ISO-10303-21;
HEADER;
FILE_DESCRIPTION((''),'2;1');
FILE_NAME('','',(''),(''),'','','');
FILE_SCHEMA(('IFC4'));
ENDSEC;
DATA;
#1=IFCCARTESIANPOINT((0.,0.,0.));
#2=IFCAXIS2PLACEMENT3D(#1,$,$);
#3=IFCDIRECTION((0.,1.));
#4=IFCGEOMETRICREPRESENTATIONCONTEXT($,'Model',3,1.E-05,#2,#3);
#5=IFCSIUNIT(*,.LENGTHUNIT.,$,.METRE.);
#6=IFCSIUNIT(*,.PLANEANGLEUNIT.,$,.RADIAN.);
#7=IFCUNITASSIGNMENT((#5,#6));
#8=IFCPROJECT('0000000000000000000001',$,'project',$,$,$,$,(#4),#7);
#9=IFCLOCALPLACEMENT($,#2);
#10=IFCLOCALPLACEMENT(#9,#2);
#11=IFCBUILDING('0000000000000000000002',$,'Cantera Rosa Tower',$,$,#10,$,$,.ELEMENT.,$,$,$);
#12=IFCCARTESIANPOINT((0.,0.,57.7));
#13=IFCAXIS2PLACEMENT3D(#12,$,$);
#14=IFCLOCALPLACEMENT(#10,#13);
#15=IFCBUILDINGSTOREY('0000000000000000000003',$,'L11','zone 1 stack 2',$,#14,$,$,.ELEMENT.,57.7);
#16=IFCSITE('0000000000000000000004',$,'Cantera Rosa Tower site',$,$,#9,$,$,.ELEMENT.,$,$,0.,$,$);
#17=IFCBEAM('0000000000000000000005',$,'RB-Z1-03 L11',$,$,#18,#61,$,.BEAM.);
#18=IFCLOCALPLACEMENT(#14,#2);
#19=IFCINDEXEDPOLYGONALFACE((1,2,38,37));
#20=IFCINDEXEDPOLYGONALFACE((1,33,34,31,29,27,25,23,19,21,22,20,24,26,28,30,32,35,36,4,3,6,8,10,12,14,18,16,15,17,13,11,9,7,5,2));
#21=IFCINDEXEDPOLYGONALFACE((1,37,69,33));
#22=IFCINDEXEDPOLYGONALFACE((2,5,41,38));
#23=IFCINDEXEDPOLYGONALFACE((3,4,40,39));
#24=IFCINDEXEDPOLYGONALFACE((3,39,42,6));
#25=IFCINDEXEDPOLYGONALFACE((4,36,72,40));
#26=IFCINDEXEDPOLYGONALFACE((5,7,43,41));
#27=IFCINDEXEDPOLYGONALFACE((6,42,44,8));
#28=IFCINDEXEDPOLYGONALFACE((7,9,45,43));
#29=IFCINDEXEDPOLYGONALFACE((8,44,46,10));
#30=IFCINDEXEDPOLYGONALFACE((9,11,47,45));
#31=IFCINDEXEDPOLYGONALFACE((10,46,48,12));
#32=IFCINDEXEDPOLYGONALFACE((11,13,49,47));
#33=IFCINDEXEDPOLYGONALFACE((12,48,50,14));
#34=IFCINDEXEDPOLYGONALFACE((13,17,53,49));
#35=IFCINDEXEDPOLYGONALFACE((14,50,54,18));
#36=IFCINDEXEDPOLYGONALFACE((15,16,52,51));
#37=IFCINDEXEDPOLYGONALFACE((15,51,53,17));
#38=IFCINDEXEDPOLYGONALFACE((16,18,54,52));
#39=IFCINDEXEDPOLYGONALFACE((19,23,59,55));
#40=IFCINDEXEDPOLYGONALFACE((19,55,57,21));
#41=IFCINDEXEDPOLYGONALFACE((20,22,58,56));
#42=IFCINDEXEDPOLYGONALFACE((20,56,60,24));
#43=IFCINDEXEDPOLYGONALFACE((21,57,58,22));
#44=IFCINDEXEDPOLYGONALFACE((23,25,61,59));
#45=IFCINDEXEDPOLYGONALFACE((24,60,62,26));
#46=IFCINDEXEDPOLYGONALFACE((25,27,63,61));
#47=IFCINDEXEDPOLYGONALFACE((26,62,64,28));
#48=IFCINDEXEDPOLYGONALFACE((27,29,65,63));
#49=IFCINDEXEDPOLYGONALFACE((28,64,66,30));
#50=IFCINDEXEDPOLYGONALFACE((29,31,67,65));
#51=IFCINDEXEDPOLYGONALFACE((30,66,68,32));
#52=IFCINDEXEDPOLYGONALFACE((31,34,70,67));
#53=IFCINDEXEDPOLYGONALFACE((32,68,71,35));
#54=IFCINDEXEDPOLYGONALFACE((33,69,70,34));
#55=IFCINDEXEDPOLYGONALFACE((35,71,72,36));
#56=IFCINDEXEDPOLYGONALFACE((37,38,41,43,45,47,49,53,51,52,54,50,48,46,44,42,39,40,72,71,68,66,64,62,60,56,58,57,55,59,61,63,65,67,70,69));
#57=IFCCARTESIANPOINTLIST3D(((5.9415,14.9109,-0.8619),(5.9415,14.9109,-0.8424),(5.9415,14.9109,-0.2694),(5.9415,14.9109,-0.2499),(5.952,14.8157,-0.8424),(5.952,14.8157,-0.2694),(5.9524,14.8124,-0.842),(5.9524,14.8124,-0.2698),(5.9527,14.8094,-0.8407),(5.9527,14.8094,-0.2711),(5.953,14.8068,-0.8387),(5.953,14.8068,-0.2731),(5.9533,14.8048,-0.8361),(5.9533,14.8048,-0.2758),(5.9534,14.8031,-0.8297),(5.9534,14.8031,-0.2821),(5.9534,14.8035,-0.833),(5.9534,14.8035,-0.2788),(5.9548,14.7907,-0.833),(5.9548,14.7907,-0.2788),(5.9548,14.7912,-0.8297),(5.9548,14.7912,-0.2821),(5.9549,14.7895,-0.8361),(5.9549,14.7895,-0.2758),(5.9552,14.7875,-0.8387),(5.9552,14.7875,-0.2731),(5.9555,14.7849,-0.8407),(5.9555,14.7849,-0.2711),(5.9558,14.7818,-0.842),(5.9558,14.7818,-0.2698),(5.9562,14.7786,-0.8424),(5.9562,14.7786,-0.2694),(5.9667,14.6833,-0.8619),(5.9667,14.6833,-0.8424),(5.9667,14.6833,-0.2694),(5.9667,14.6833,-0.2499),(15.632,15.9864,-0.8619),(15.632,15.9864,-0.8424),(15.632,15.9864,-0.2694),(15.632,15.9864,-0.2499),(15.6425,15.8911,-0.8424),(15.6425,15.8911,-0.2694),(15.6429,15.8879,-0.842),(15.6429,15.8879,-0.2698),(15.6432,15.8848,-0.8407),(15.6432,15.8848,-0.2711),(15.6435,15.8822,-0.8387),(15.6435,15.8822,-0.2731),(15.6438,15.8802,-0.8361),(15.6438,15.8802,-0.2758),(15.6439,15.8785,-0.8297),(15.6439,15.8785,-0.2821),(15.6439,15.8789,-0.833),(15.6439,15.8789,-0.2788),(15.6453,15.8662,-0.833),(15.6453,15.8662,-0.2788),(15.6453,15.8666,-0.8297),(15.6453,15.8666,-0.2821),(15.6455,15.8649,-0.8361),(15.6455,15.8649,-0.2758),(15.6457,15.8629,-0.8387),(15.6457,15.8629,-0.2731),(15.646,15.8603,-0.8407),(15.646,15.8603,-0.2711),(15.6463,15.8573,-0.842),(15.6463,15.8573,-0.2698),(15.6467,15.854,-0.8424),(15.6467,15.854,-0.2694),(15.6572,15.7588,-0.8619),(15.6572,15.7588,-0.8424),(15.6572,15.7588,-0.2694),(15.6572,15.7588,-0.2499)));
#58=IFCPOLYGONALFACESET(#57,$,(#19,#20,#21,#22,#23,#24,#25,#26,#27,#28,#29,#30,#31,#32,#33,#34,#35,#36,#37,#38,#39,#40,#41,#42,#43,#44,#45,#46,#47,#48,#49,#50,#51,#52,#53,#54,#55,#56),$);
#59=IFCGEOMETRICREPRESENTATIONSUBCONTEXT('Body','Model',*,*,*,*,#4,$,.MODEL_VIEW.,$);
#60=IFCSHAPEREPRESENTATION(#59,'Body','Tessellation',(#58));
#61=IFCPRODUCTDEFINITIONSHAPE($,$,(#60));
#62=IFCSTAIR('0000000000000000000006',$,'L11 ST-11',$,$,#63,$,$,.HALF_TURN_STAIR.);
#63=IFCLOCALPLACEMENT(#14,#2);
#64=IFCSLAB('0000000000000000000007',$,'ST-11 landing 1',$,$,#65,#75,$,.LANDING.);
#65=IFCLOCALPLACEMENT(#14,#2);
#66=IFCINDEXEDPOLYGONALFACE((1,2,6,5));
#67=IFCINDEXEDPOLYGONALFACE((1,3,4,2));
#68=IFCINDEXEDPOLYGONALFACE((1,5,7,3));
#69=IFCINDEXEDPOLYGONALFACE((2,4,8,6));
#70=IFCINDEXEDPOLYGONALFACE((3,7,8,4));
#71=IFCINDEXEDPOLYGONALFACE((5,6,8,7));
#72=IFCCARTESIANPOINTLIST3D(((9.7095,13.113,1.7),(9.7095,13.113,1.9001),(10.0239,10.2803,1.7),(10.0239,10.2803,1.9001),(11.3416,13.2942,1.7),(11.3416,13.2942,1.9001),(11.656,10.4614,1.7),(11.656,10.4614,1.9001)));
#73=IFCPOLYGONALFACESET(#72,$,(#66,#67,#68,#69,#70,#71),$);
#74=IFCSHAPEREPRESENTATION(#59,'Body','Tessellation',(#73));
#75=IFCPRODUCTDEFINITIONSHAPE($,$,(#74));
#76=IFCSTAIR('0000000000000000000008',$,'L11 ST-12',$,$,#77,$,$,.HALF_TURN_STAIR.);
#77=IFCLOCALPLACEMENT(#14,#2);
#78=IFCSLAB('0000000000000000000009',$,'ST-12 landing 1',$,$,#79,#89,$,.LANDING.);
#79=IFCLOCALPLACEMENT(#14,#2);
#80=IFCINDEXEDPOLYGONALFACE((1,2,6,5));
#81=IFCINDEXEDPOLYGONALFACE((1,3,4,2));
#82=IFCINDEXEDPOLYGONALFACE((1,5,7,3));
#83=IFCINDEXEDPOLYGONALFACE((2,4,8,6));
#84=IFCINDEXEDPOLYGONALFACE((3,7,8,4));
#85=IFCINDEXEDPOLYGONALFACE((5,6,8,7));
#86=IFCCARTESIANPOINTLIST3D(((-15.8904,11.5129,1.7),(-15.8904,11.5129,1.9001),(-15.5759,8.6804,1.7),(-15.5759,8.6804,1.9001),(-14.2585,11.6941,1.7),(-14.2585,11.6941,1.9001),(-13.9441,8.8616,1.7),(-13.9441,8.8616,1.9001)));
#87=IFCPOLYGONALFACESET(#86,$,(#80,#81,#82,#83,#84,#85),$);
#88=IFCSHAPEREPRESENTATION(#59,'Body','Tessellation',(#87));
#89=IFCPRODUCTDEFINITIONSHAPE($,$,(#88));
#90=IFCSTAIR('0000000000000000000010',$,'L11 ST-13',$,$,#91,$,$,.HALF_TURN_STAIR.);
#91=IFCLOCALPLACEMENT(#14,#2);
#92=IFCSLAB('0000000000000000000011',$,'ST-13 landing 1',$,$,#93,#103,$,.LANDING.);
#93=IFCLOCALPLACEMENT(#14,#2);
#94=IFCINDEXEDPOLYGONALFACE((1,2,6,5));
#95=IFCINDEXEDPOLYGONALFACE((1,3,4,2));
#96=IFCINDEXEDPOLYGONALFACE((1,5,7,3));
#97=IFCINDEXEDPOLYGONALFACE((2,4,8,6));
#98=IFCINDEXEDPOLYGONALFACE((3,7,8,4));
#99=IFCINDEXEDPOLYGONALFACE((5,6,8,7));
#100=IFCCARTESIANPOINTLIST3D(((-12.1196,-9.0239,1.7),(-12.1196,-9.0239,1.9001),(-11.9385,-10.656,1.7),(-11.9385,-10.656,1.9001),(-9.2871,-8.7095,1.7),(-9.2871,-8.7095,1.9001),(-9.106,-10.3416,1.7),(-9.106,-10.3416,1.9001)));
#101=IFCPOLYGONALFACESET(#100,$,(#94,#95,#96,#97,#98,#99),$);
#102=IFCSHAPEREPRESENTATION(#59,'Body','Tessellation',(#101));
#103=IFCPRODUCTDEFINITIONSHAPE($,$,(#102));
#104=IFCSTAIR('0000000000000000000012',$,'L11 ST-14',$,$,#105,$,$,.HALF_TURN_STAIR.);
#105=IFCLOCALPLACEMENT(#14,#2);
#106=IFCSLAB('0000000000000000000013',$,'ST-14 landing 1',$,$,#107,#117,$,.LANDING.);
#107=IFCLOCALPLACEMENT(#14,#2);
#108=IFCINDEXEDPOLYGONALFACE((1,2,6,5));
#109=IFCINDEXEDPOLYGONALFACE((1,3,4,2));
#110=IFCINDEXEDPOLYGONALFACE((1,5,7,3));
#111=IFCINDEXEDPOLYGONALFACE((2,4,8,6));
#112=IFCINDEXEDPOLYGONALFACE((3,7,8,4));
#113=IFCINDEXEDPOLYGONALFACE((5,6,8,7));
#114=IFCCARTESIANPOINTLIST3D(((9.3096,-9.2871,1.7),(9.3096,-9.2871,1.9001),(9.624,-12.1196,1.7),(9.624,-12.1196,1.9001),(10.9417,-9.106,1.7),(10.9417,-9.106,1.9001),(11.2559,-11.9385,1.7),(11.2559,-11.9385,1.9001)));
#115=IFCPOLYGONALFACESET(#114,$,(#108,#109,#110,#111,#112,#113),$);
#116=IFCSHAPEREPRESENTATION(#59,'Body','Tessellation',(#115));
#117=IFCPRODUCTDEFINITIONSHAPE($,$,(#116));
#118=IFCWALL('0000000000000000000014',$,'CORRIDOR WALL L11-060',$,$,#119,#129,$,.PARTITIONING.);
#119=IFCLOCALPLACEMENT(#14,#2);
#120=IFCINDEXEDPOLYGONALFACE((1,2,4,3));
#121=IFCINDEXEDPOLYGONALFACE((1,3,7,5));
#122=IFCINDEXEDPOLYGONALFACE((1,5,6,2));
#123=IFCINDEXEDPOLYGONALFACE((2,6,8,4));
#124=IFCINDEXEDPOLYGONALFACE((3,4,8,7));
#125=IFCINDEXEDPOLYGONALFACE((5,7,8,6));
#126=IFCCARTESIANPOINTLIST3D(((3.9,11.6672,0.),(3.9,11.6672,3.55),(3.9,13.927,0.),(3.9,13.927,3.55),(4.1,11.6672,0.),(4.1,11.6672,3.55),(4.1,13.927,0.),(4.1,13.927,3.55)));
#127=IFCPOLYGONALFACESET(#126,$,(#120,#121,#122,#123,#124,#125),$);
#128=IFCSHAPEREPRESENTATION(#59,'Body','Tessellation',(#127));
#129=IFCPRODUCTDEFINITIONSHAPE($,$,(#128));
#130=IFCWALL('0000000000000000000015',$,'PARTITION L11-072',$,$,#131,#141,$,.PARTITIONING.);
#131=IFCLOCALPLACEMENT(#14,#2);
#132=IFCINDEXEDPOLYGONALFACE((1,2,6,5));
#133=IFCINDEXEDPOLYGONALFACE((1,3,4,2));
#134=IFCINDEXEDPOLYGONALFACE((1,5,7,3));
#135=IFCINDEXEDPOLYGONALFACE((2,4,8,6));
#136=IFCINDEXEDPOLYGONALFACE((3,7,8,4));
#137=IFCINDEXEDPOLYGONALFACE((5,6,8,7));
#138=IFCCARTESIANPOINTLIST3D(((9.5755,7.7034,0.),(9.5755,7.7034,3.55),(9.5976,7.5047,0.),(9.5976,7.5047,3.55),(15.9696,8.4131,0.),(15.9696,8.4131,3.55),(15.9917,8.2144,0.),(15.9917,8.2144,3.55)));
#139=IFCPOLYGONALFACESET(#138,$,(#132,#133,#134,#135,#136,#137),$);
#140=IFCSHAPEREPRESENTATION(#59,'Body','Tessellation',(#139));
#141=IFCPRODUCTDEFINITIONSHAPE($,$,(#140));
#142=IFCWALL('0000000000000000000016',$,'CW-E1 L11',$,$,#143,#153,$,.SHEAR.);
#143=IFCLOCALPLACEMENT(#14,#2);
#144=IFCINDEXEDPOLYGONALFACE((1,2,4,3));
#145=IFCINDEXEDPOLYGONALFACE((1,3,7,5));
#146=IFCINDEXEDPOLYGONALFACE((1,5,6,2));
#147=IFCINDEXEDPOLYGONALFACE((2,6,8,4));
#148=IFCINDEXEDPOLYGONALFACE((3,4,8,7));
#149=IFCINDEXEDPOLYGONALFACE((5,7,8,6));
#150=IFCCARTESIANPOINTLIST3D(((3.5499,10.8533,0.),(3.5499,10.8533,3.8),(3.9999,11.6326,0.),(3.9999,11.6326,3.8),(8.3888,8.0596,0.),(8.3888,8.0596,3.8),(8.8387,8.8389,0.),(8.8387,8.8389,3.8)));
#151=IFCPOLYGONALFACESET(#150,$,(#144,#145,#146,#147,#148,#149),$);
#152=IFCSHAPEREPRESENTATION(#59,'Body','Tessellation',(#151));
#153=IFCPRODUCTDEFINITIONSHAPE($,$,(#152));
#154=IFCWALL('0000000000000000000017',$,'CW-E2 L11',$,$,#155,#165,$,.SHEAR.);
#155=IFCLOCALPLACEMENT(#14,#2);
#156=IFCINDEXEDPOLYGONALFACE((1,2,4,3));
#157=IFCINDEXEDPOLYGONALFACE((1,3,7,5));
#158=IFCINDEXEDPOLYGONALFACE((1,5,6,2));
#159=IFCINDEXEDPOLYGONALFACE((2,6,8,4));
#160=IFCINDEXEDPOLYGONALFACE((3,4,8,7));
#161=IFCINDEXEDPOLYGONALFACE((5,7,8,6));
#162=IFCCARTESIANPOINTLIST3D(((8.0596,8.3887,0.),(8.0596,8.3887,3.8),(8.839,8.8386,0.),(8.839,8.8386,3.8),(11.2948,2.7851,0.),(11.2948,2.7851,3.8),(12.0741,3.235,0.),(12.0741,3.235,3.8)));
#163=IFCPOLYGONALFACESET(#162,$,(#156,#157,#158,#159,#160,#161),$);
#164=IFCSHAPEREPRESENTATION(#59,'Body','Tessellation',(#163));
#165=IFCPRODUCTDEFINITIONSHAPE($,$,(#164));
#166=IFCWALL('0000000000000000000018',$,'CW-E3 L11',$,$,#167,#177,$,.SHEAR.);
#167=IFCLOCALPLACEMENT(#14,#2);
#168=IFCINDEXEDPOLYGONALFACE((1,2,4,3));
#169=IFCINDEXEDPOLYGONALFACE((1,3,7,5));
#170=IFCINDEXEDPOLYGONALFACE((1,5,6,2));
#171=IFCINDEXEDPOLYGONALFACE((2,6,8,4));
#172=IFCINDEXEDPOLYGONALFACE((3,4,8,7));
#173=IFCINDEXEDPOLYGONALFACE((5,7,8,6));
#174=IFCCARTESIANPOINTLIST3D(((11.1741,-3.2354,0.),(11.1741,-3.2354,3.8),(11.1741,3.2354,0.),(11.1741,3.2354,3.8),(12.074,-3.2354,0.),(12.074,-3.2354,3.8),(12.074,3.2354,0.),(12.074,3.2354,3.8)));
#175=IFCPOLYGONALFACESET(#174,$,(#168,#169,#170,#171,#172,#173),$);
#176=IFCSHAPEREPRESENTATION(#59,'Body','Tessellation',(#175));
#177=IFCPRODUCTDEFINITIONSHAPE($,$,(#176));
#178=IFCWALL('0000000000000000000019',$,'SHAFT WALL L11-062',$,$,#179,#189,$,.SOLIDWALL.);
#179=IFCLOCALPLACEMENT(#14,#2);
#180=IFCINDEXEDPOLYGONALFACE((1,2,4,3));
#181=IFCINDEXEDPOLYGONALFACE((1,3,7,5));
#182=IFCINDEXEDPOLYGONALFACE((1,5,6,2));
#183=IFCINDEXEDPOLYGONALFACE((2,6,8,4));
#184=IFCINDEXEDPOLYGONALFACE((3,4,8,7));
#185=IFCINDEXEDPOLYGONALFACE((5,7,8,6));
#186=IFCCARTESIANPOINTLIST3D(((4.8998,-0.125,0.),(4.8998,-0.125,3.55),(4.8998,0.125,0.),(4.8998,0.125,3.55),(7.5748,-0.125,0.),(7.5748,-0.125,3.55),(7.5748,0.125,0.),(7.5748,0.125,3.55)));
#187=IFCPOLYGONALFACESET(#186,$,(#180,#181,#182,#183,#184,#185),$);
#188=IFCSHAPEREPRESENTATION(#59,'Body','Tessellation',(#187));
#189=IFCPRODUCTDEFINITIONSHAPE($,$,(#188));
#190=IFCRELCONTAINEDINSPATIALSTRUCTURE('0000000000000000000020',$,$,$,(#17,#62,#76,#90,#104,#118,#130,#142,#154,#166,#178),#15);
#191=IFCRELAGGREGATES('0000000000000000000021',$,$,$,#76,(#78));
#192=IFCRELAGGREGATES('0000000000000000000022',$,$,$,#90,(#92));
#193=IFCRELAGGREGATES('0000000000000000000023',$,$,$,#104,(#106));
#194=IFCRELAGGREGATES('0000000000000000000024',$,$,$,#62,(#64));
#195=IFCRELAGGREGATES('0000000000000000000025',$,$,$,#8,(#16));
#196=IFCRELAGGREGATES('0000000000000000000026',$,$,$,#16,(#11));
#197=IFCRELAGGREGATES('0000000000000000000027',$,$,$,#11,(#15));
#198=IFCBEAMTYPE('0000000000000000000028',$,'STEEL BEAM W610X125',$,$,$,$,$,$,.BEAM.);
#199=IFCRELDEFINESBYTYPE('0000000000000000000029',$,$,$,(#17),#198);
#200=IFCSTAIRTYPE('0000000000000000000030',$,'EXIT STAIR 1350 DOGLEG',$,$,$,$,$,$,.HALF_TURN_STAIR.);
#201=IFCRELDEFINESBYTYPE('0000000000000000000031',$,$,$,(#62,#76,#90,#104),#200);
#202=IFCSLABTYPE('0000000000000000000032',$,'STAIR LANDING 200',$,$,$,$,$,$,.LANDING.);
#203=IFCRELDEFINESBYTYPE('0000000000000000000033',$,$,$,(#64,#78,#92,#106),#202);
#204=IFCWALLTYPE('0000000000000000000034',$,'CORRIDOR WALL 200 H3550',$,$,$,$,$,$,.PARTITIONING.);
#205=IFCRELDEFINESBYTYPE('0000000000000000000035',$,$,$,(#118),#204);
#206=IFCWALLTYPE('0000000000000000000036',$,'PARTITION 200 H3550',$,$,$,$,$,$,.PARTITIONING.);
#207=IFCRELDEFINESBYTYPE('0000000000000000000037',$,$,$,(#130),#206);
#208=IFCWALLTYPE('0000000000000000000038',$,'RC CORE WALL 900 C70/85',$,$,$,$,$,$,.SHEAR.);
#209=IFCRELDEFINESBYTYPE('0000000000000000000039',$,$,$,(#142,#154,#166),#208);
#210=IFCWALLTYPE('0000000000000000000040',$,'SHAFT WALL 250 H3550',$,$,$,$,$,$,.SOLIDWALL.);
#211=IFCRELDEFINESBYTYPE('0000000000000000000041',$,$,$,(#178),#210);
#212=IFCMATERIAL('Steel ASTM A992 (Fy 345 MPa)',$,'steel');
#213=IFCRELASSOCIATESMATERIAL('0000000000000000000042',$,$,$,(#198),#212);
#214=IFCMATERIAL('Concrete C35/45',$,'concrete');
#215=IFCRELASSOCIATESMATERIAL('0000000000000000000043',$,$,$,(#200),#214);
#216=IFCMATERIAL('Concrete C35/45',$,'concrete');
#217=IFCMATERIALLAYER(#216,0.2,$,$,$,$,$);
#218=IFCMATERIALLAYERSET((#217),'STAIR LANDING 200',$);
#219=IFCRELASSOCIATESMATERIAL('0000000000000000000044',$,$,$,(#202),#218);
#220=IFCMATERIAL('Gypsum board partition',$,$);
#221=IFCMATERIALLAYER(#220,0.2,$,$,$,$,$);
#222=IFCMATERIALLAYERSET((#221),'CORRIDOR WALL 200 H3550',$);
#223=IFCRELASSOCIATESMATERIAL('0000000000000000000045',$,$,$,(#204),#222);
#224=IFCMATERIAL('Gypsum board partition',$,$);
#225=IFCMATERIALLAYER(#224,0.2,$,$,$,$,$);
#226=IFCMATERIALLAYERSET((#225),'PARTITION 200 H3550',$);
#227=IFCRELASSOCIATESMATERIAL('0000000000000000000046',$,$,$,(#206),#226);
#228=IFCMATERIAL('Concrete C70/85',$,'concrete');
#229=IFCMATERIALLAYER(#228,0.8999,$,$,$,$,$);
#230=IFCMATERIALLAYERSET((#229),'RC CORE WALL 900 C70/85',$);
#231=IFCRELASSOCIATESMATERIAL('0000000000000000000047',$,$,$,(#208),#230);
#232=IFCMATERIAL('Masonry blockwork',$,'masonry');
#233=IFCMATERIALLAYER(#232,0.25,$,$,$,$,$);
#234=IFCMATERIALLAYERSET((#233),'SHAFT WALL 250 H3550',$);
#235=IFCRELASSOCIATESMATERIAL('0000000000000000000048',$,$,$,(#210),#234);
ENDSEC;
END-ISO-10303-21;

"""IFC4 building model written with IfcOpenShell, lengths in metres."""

from ifc_helpers import new_model, si_unit, direction, frame, frame_2d, origin, origin_2d, place, context, subcontext, project, spatial, polyline, rectangle, i_section, outline, extrude, material, layer, layer_set, material_profile, profile_set, type_object, element, aggregate, save


model = new_model("IFC4")

# Units and contexts
model_context = context("Model", 3, precision=1e-05, world=origin(), true_north=direction((0.0, 1.0)))
body_context = subcontext(model_context, "Body", "Model", "MODEL_VIEW")
ifc_project = project(units=[si_unit("LENGTHUNIT", "METRE"), si_unit("PLANEANGLEUNIT", "RADIAN")], contexts=[model_context])

# Site, building, storey
site_placement = place(None, origin())
site = spatial("IfcSite", under=ifc_project, at=site_placement, Name="Cantera Rosa Tower site", CompositionType="ELEMENT", RefElevation=0.0)
building_placement = place(site_placement, origin())
building = spatial("IfcBuilding", under=site, at=building_placement, Name="Cantera Rosa Tower", CompositionType="ELEMENT")
storey_placement = place(building_placement, frame((0.0, 0.0, 57.7)))
storey = spatial("IfcBuildingStorey", under=building, at=storey_placement, Name="L11", Description="zone 1 stack 2", CompositionType="ELEMENT", Elevation=57.7)

# Beam
ifc_material_1 = material(Name="Steel ASTM A992 (Fy 345 MPa)", Category="steel")
ifc_material_profile = material_profile(ifc_material_1, i_section(OverallWidth=0.229, OverallDepth=0.6121, WebThickness=0.012, FlangeThickness=0.0195, FilletRadius=0.0127, at=origin_2d()), Name="W610X125")
ifc_profile_set = profile_set([ifc_material_profile], Name="Steel ASTM A992 (Fy 345 MPa)")
beam_type = type_object("IfcBeamType", Name="STEEL BEAM W610X125", PredefinedType="BEAM", material=ifc_profile_set)
beam_placement = place(storey_placement, frame((5.9541, 14.7971, -0.5559), z_axis=(0.993898, 0.110302, 0.0), x_axis=(-0.110302, 0.993898, 0.0)))
element("IfcBeam", 1, at=beam_placement, inside=storey, type_object=beam_type, Name="RB-Z1-03 L11", PredefinedType="BEAM", context=body_context, shape_type="SweptSolid", body=[
    extrude(i_section(OverallWidth=0.229, OverallDepth=0.6121, WebThickness=0.012, FlangeThickness=0.0195, FilletRadius=0.0127, at=origin_2d()), origin(), (0.0, 0.0, 1.0), 9.75),
])

# Stairs, slabs
ifc_material_2 = material(Name="Concrete C35/45", Category="concrete")
stair_type = type_object("IfcStairType", Name="EXIT STAIR 1350 DOGLEG", PredefinedType="HALF_TURN_STAIR", material=ifc_material_2)
stair_1_placement = place(storey_placement, origin())
stair_1 = element("IfcStair", 2, at=stair_1_placement, inside=storey, type_object=stair_type, Name="L11 ST-11", PredefinedType="HALF_TURN_STAIR")
ifc_material_3 = material(Name="Concrete C35/45", Category="concrete")
ifc_layer_1 = layer(ifc_material_3, 0.2)
ifc_layer_set_1 = layer_set([ifc_layer_1], Name="STAIR LANDING 200")
slab_type = type_object("IfcSlabType", Name="STAIR LANDING 200", PredefinedType="LANDING", material=ifc_layer_set_1)
slab_1_placement = place(storey_placement, frame((0.0, 0.0, 1.7)))
slab_1 = element("IfcSlab", 3, at=slab_1_placement, type_object=slab_type, Name="ST-11 landing 1", PredefinedType="LANDING", context=body_context, shape_type="SweptSolid", body=[
    extrude(outline(polyline([(11.3416, 13.2942), (9.7095, 13.113), (10.0239, 10.2803), (11.656, 10.4614), (11.3416, 13.2942)])), origin(), (0.0, 0.0, 1.0), 0.2002),
])
stair_2_placement = place(storey_placement, origin())
stair_2 = element("IfcStair", 4, at=stair_2_placement, inside=storey, type_object=stair_type, Name="L11 ST-12", PredefinedType="HALF_TURN_STAIR")
slab_2_placement = place(storey_placement, frame((0.0, 0.0, 1.7)))
slab_2 = element("IfcSlab", 5, at=slab_2_placement, type_object=slab_type, Name="ST-12 landing 1", PredefinedType="LANDING", context=body_context, shape_type="SweptSolid", body=[
    extrude(outline(polyline([(-14.2585, 11.6941), (-15.8904, 11.5129), (-15.5759, 8.6804), (-13.9441, 8.8616), (-14.2585, 11.6941)])), origin(), (0.0, 0.0, 1.0), 0.2002),
])
aggregate(stair_2, [slab_2])
stair_3_placement = place(storey_placement, origin())
stair_3 = element("IfcStair", 6, at=stair_3_placement, inside=storey, type_object=stair_type, Name="L11 ST-13", PredefinedType="HALF_TURN_STAIR")
slab_3_placement = place(storey_placement, frame((0.0, 0.0, 1.7)))
slab_3 = element("IfcSlab", 7, at=slab_3_placement, type_object=slab_type, Name="ST-13 landing 1", PredefinedType="LANDING", context=body_context, shape_type="SweptSolid", body=[
    extrude(outline(polyline([(-9.106, -10.3416), (-9.2871, -8.7095), (-12.1196, -9.0239), (-11.9385, -10.656), (-9.106, -10.3416)])), origin(), (0.0, 0.0, 1.0), 0.2002),
])
aggregate(stair_3, [slab_3])
stair_4_placement = place(storey_placement, origin())
stair_4 = element("IfcStair", 8, at=stair_4_placement, inside=storey, type_object=stair_type, Name="L11 ST-14", PredefinedType="HALF_TURN_STAIR")
slab_4_placement = place(storey_placement, frame((0.0, 0.0, 1.7)))
slab_4 = element("IfcSlab", 9, at=slab_4_placement, type_object=slab_type, Name="ST-14 landing 1", PredefinedType="LANDING", context=body_context, shape_type="SweptSolid", body=[
    extrude(outline(polyline([(10.9417, -9.106), (9.3096, -9.2871), (9.624, -12.1196), (11.2559, -11.9385), (10.9417, -9.106)])), origin(), (0.0, 0.0, 1.0), 0.2002),
])
aggregate(stair_4, [slab_4])

# Walls
ifc_material_4 = material(Name="Gypsum board partition")
ifc_layer_2 = layer(ifc_material_4, 0.2)
ifc_layer_set_2 = layer_set([ifc_layer_2], Name="CORRIDOR WALL 200 H3550")
wall_type_1 = type_object("IfcWallType", Name="CORRIDOR WALL 200 H3550", PredefinedType="PARTITIONING", material=ifc_layer_set_2)
wall_1_placement = place(storey_placement, frame((4.0, 11.6672, 0.0), z_axis=(0.0, 0.0, 1.0), x_axis=(0.0, 1.0, 0.0)))
element("IfcWall", 10, at=wall_1_placement, inside=storey, type_object=wall_type_1, Name="CORRIDOR WALL L11-060", PredefinedType="PARTITIONING", context=body_context, shape_type="SweptSolid", body=[
    extrude(rectangle(XDim=2.2598, YDim=0.2, at=frame_2d((1.1299, 0.0))), origin(), (0.0, 0.0, 1.0), 3.55),
])
ifc_material_5 = material(Name="Gypsum board partition")
ifc_layer_3 = layer(ifc_material_5, 0.2)
ifc_layer_set_3 = layer_set([ifc_layer_3], Name="PARTITION 200 H3550")
wall_type_2 = type_object("IfcWallType", Name="PARTITION 200 H3550", PredefinedType="PARTITIONING", material=ifc_layer_set_3)
wall_2_placement = place(storey_placement, frame((9.5864, 7.604, 0.0), z_axis=(0.0, 0.0, 1.0), x_axis=(0.993896, 0.110319, 0.0)))
element("IfcWall", 11, at=wall_2_placement, inside=storey, type_object=wall_type_2, Name="PARTITION L11-072", PredefinedType="PARTITIONING", context=body_context, shape_type="SweptSolid", body=[
    extrude(rectangle(XDim=6.4333, YDim=0.2, at=frame_2d((3.2168, 0.0))), origin(), (0.0, 0.0, 1.0), 3.55),
])
ifc_material_6 = material(Name="Concrete C70/85", Category="concrete")
ifc_layer_4 = layer(ifc_material_6, 0.8999)
ifc_layer_set_4 = layer_set([ifc_layer_4], Name="RC CORE WALL 900 C70/85")
wall_type_3 = type_object("IfcWallType", Name="RC CORE WALL 900 C70/85", PredefinedType="SHEAR", material=ifc_layer_set_4)
wall_3_placement = place(storey_placement, frame((3.7749, 11.2429, 0.0), z_axis=(0.0, 0.0, 1.0), x_axis=(0.866027, -0.499997, 0.0)))
element("IfcWall", 12, at=wall_3_placement, inside=storey, type_object=wall_type_3, Name="CW-E1 L11", PredefinedType="SHEAR", context=body_context, shape_type="SweptSolid", body=[
    extrude(rectangle(XDim=5.5874, YDim=0.8999, at=frame_2d((2.7937, 0.0))), origin(), (0.0, 0.0, 1.0), 3.8),
])
wall_4_placement = place(storey_placement, frame((8.4492, 8.6138, 0.0), z_axis=(0.0, 0.0, 1.0), x_axis=(0.49999, -0.866031, 0.0)))
element("IfcWall", 13, at=wall_4_placement, inside=storey, type_object=wall_type_3, Name="CW-E2 L11", PredefinedType="SHEAR", context=body_context, shape_type="SweptSolid", body=[
    extrude(rectangle(XDim=6.4705, YDim=0.8999, at=frame_2d((3.2354, 0.0))), origin(), (0.0, 0.0, 1.0), 3.8),
])
wall_5_placement = place(storey_placement, frame((11.624, 3.2354, 0.0), z_axis=(0.0, 0.0, 1.0), x_axis=(0.0, -1.0, 0.0)))
element("IfcWall", 14, at=wall_5_placement, inside=storey, type_object=wall_type_3, Name="CW-E3 L11", PredefinedType="SHEAR", context=body_context, shape_type="SweptSolid", body=[
    extrude(rectangle(XDim=6.4707, YDim=0.8999, at=frame_2d((3.2354, 0.0))), origin(), (0.0, 0.0, 1.0), 3.8),
])
ifc_material_7 = material(Name="Masonry blockwork", Category="masonry")
ifc_layer_5 = layer(ifc_material_7, 0.25)
ifc_layer_set_5 = layer_set([ifc_layer_5], Name="SHAFT WALL 250 H3550")
wall_type_4 = type_object("IfcWallType", Name="SHAFT WALL 250 H3550", PredefinedType="SOLIDWALL", material=ifc_layer_set_5)
for number, where, z_axis, x_axis, name in (
    (15, (4.8999, 0.0, 0.0), (0.0, 0.0, 1.0), (1.0, 0.0, 0.0), "SHAFT WALL L11-062"),
):
    element("IfcWall", number, at=place(storey_placement, frame(where, z_axis=z_axis, x_axis=x_axis)), inside=storey, type_object=wall_type_4, Name=name, PredefinedType="SOLIDWALL", context=body_context, shape_type="SweptSolid", body=[
        extrude(rectangle(XDim=2.675, YDim=0.25, at=frame_2d((1.3374, 0.0))), origin(), (0.0, 0.0, 1.0), 3.55),
    ])

aggregate(stair_1, [slab_1])

save(model, "model.ifc")
